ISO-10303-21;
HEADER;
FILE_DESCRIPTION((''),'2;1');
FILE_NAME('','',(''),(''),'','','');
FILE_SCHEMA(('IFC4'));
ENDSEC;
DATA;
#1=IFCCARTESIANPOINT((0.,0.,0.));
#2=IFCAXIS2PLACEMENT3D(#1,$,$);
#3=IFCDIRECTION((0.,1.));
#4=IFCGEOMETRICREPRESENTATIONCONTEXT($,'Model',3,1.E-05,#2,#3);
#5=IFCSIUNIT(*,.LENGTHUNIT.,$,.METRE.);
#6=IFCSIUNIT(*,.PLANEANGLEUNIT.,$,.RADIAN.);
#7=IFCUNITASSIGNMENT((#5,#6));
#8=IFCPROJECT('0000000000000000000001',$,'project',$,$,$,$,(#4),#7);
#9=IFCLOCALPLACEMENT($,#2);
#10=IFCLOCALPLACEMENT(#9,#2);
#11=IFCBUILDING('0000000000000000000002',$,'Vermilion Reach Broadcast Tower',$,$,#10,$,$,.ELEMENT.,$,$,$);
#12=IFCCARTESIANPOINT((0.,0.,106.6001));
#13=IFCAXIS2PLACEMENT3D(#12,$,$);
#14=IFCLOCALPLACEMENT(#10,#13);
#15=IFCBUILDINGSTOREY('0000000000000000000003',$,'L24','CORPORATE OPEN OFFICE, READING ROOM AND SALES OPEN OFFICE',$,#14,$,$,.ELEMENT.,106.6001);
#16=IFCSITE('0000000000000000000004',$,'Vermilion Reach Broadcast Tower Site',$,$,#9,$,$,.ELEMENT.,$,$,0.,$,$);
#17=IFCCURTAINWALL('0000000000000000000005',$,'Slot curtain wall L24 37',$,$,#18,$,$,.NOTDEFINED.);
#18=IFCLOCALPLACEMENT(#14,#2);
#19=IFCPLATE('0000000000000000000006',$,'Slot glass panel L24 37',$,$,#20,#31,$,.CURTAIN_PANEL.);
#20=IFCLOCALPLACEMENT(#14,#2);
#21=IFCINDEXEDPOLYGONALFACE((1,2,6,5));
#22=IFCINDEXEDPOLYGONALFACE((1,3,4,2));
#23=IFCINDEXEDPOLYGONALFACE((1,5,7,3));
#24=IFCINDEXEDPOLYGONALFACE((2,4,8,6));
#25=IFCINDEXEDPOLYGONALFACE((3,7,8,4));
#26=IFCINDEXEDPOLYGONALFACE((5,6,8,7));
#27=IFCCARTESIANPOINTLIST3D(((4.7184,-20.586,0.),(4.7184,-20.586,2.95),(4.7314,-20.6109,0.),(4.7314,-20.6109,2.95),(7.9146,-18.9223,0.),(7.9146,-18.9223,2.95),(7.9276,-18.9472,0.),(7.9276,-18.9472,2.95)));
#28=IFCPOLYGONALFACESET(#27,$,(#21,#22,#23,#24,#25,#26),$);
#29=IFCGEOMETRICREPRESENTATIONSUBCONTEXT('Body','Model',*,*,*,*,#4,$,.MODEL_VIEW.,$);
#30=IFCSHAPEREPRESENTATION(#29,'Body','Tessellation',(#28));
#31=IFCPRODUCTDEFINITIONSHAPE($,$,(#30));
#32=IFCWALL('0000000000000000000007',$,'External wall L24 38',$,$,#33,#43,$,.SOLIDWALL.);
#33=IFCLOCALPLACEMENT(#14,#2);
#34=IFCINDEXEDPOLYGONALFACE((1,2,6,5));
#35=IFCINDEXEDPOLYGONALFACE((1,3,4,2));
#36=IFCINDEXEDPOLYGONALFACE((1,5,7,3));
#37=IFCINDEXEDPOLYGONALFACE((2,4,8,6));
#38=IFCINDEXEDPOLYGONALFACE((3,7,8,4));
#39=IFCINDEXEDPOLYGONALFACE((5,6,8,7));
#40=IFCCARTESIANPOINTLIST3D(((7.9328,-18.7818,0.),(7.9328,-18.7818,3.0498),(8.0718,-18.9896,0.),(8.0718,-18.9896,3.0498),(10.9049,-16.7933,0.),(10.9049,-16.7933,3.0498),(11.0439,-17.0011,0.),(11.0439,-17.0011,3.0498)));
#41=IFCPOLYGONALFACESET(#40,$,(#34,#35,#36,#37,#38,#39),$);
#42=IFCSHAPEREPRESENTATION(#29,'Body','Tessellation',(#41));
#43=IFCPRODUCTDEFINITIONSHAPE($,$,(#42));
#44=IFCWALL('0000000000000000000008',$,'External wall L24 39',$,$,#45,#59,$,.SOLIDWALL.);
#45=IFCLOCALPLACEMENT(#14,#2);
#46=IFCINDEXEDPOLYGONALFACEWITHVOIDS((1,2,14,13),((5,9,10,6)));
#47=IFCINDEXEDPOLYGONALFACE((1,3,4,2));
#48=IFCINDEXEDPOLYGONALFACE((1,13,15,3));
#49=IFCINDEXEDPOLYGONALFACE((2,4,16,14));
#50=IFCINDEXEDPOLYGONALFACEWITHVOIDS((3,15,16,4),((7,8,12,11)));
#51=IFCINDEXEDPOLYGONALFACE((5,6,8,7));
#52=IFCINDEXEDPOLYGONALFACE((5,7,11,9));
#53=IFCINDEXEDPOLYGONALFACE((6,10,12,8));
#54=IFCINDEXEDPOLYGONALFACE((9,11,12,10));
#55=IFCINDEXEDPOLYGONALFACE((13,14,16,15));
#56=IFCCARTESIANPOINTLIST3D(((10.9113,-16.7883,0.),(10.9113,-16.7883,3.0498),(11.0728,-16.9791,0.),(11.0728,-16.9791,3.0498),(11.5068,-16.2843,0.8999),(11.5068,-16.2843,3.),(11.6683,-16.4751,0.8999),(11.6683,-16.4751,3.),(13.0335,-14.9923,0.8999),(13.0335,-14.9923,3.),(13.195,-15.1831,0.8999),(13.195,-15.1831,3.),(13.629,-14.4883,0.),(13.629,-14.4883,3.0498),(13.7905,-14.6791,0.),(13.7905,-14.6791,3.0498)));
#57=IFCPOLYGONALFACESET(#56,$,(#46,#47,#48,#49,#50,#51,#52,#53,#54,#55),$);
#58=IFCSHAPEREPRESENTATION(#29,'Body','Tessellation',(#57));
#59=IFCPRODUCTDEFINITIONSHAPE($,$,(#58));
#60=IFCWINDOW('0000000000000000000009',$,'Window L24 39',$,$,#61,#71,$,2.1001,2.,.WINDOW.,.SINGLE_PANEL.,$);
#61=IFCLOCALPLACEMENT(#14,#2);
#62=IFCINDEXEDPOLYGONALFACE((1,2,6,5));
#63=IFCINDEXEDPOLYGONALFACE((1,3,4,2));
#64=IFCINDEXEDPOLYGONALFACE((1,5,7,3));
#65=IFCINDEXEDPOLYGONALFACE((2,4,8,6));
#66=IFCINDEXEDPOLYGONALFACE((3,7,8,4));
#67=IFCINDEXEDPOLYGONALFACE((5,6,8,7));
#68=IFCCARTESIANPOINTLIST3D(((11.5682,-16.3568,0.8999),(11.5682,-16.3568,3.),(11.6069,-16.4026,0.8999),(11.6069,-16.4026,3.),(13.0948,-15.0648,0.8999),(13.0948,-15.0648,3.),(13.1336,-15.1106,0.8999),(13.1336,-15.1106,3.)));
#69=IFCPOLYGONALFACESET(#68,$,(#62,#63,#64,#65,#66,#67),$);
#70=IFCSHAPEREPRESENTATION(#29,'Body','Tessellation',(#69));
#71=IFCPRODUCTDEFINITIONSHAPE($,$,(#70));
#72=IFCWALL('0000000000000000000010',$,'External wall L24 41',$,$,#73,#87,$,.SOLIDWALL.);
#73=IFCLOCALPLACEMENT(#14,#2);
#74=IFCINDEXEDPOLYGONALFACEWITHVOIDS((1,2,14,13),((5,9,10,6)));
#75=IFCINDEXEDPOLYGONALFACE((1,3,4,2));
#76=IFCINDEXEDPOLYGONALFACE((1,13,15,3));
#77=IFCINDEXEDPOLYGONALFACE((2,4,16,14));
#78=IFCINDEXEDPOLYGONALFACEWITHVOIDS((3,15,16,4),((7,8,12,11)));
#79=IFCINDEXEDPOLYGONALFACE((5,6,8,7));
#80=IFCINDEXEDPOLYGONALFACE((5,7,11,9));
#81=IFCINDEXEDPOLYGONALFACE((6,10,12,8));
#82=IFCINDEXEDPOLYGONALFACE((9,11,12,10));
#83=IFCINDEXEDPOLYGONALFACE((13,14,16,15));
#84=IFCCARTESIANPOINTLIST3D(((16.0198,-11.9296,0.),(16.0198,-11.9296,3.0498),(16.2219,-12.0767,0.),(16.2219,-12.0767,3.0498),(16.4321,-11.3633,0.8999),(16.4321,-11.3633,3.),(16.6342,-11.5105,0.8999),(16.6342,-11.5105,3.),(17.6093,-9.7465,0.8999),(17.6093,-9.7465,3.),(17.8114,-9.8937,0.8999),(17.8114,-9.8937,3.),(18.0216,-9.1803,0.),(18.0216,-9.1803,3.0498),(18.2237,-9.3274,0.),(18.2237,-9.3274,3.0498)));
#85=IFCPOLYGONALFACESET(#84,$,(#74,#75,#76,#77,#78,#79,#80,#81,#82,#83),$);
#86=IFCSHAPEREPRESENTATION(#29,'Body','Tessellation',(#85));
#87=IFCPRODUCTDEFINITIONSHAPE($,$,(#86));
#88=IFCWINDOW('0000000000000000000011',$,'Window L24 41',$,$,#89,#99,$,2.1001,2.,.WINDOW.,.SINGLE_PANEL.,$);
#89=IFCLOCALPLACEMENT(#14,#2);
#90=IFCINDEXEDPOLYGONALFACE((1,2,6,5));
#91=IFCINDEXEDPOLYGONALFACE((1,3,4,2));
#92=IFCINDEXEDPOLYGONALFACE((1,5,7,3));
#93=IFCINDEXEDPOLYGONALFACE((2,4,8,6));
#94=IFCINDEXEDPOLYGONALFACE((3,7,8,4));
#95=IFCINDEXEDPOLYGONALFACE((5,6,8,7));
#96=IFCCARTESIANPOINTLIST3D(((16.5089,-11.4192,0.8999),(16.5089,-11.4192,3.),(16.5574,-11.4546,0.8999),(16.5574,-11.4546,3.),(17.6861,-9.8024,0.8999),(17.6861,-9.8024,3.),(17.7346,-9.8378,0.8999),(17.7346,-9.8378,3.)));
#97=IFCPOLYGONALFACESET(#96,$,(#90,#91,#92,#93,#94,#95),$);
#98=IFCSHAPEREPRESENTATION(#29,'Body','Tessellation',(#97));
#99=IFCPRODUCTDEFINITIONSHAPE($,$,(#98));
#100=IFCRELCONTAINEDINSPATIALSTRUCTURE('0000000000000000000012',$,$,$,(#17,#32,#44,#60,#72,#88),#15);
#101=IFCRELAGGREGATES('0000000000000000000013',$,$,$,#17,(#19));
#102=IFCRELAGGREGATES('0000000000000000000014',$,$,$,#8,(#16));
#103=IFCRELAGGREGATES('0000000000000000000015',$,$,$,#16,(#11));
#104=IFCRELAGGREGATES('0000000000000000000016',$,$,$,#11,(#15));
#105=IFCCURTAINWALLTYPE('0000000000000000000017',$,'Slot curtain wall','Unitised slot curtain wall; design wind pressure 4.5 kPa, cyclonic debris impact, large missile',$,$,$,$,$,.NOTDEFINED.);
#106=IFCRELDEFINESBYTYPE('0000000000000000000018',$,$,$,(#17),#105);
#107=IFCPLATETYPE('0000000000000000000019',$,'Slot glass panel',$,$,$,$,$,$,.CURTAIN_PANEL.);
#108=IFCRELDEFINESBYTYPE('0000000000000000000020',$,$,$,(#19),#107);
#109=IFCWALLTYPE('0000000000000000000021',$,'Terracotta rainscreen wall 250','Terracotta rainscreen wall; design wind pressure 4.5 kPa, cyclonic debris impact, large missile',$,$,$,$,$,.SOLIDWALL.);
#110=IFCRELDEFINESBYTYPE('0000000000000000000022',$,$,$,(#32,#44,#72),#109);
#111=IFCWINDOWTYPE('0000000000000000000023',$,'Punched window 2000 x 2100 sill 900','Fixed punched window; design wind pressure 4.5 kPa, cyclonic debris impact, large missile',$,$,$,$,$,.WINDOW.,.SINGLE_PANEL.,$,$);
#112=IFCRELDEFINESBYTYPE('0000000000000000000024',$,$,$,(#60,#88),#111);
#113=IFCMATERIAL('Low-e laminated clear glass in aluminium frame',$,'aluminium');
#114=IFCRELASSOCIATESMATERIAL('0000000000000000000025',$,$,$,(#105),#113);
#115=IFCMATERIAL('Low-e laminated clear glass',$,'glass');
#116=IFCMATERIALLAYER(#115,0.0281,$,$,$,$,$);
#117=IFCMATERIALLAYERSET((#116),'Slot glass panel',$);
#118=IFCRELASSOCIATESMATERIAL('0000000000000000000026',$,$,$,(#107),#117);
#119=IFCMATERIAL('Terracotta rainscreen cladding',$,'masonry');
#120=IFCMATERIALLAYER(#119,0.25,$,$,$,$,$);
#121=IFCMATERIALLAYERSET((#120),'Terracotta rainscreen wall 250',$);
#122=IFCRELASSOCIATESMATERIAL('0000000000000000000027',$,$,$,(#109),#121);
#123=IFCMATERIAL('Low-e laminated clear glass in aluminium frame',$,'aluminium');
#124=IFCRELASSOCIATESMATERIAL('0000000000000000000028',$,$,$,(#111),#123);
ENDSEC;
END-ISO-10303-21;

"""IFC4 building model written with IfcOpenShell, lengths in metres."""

from ifc_helpers import new_model, si_unit, direction, frame, frame_2d, origin, origin_2d, place, context, subcontext, project, spatial, rectangle, extrude, material, layer, layer_set, type_object, element, fill, aggregate, save


model = new_model("IFC4")

# Units and contexts
model_context = context("Model", 3, precision=1e-05, world=origin(), true_north=direction((0.0, 1.0)))
body_context = subcontext(model_context, "Body", "Model", "MODEL_VIEW")
ifc_project = project(units=[si_unit("LENGTHUNIT", "METRE"), si_unit("PLANEANGLEUNIT", "RADIAN")], contexts=[model_context])

# Site, building, storey
site_placement = place(None, origin())
site = spatial("IfcSite", under=ifc_project, at=site_placement, Name="Vermilion Reach Broadcast Tower Site", CompositionType="ELEMENT", RefElevation=0.0)
building_placement = place(site_placement, origin())
building = spatial("IfcBuilding", under=site, at=building_placement, Name="Vermilion Reach Broadcast Tower", CompositionType="ELEMENT")
storey_placement = place(building_placement, frame((0.0, 0.0, 106.6001)))
storey = spatial("IfcBuildingStorey", under=building, at=storey_placement, Name="L24", Description="CORPORATE OPEN OFFICE, READING ROOM AND SALES OPEN OFFICE", CompositionType="ELEMENT", Elevation=106.6001)

# Curtain wall, plate
ifc_material_1 = material(Name="Low-e laminated clear glass in aluminium frame", Category="aluminium")
curtain_wall_type = type_object("IfcCurtainWallType", Name="Slot curtain wall", Description="Unitised slot curtain wall; design wind pressure 4.5 kPa, cyclonic debris impact, large missile", PredefinedType="NOTDEFINED", material=ifc_material_1)
curtain_wall_placement = place(storey_placement, origin())
curtain_wall = element("IfcCurtainWall", 1, at=curtain_wall_placement, inside=storey, type_object=curtain_wall_type, Name="Slot curtain wall L24 37", PredefinedType="NOTDEFINED")
ifc_material_2 = material(Name="Low-e laminated clear glass", Category="glass")
ifc_layer_1 = layer(ifc_material_2, 0.0281)
ifc_layer_set_1 = layer_set([ifc_layer_1], Name="Slot glass panel")
plate_type = type_object("IfcPlateType", Name="Slot glass panel", PredefinedType="CURTAIN_PANEL", material=ifc_layer_set_1)
plate_placement = place(storey_placement, frame((6.323, -19.7666, 0.0), z_axis=(0.0, 0.0, 1.0), x_axis=(0.887031, 0.461711, 0.0)))
plate = element("IfcPlate", 2, at=plate_placement, type_object=plate_type, Name="Slot glass panel L24 37", PredefinedType="CURTAIN_PANEL", context=body_context, shape_type="SweptSolid", body=[
    extrude(rectangle(XDim=3.6033, YDim=0.0281, at=origin_2d()), origin(), (0.0, 0.0, 1.0), 2.95),
])
aggregate(curtain_wall, [plate])

# Wall
ifc_material_3 = material(Name="Terracotta rainscreen cladding", Category="masonry")
ifc_layer_2 = layer(ifc_material_3, 0.25)
ifc_layer_set_2 = layer_set([ifc_layer_2], Name="Terracotta rainscreen wall 250")
wall_type = type_object("IfcWallType", Name="Terracotta rainscreen wall 250", Description="Terracotta rainscreen wall; design wind pressure 4.5 kPa, cyclonic debris impact, large missile", PredefinedType="SOLIDWALL", material=ifc_layer_set_2)
wall_1_placement = place(storey_placement, frame((8.0022, -18.8857, 0.0), z_axis=(0.0, 0.0, 1.0), x_axis=(0.831135, 0.55607, 0.0)))
element("IfcWall", 3, at=wall_1_placement, inside=storey, type_object=wall_type, Name="External wall L24 38", PredefinedType="SOLIDWALL", context=body_context, shape_type="SweptSolid", body=[
    extrude(rectangle(XDim=3.5759, YDim=0.25, at=frame_2d((1.7881, 0.0))), origin(), (0.0, 0.0, 1.0), 3.0498),
])

# Wall, opening, window
wall_2_placement = place(storey_placement, frame((10.9919, -16.8838, 0.0), z_axis=(0.0, 0.0, 1.0), x_axis=(0.763332, 0.646007, 0.0)))
wall_2 = element("IfcWall", 4, at=wall_2_placement, inside=storey, type_object=wall_type, Name="External wall L24 39", PredefinedType="SOLIDWALL", context=body_context, shape_type="SweptSolid", body=[
    extrude(rectangle(XDim=3.5603, YDim=0.25, at=frame_2d((1.7803, 0.0))), origin(), (0.0, 0.0, 1.0), 3.0498),
])
opening_1_placement = place(wall_2_placement, frame((0.7803, 0.0, 0.8999)))
opening_1 = element("IfcOpeningElement", 5, at=opening_1_placement, cuts=wall_2, PredefinedType="OPENING", context=body_context, shape_type="SweptSolid", body=[
    extrude(rectangle(XDim=2.0, YDim=2.1001, at=frame_2d((1.0, 1.05))), frame((0.0, 0.135, 0.0), z_axis=(0.0, -1.0, 0.0), x_axis=(1.0, 0.0, 0.0)), (0.0, 0.0, 1.0), 0.27),
])
ifc_material_4 = material(Name="Low-e laminated clear glass in aluminium frame", Category="aluminium")
window_type = type_object("IfcWindowType", Name="Punched window 2000 x 2100 sill 900", Description="Fixed punched window; design wind pressure 4.5 kPa, cyclonic debris impact, large missile", PartitioningType="SINGLE_PANEL", PredefinedType="WINDOW", material=ifc_material_4)
window_1_placement = place(opening_1_placement, origin())
window_1 = element("IfcWindow", 6, at=window_1_placement, inside=storey, type_object=window_type, Name="Window L24 39", OverallHeight=2.1001, OverallWidth=2.0, PartitioningType="SINGLE_PANEL", PredefinedType="WINDOW", context=body_context, shape_type="SweptSolid", body=[
    extrude(rectangle(XDim=2.0, YDim=2.1001, at=frame_2d((1.0, 1.05))), frame((0.0, 0.03, 0.0), z_axis=(0.0, -1.0, 0.0), x_axis=(1.0, 0.0, 0.0)), (0.0, 0.0, 1.0), 0.0601),
])
fill(opening_1, window_1)

# Wall, opening, window
wall_3_placement = place(storey_placement, frame((16.1208, -12.0032, 0.0), z_axis=(0.0, 0.0, 1.0), x_axis=(0.588603, 0.808422, 0.0)))
wall_3 = element("IfcWall", 7, at=wall_3_placement, inside=storey, type_object=wall_type, Name="External wall L24 41", PredefinedType="SOLIDWALL", context=body_context, shape_type="SweptSolid", body=[
    extrude(rectangle(XDim=3.4009, YDim=0.25, at=frame_2d((1.7004, 0.0))), origin(), (0.0, 0.0, 1.0), 3.0498),
])
opening_2_placement = place(wall_3_placement, frame((0.7004, 0.0, 0.8999)))
opening_2 = element("IfcOpeningElement", 8, at=opening_2_placement, cuts=wall_3, PredefinedType="OPENING", context=body_context, shape_type="SweptSolid", body=[
    extrude(rectangle(XDim=2.0, YDim=2.1001, at=frame_2d((1.0, 1.05))), frame((0.0, 0.135, 0.0), z_axis=(0.0, -1.0, 0.0), x_axis=(1.0, 0.0, 0.0)), (0.0, 0.0, 1.0), 0.27),
])
window_2_placement = place(opening_2_placement, origin())
window_2 = element("IfcWindow", 9, at=window_2_placement, inside=storey, type_object=window_type, Name="Window L24 41", OverallHeight=2.1001, OverallWidth=2.0, PartitioningType="SINGLE_PANEL", PredefinedType="WINDOW", context=body_context, shape_type="SweptSolid", body=[
    extrude(rectangle(XDim=2.0, YDim=2.1001, at=frame_2d((1.0, 1.05))), frame((0.0, 0.03, 0.0), z_axis=(0.0, -1.0, 0.0), x_axis=(1.0, 0.0, 0.0)), (0.0, 0.0, 1.0), 0.0601),
])
fill(opening_2, window_2)

save(model, "model.ifc")
